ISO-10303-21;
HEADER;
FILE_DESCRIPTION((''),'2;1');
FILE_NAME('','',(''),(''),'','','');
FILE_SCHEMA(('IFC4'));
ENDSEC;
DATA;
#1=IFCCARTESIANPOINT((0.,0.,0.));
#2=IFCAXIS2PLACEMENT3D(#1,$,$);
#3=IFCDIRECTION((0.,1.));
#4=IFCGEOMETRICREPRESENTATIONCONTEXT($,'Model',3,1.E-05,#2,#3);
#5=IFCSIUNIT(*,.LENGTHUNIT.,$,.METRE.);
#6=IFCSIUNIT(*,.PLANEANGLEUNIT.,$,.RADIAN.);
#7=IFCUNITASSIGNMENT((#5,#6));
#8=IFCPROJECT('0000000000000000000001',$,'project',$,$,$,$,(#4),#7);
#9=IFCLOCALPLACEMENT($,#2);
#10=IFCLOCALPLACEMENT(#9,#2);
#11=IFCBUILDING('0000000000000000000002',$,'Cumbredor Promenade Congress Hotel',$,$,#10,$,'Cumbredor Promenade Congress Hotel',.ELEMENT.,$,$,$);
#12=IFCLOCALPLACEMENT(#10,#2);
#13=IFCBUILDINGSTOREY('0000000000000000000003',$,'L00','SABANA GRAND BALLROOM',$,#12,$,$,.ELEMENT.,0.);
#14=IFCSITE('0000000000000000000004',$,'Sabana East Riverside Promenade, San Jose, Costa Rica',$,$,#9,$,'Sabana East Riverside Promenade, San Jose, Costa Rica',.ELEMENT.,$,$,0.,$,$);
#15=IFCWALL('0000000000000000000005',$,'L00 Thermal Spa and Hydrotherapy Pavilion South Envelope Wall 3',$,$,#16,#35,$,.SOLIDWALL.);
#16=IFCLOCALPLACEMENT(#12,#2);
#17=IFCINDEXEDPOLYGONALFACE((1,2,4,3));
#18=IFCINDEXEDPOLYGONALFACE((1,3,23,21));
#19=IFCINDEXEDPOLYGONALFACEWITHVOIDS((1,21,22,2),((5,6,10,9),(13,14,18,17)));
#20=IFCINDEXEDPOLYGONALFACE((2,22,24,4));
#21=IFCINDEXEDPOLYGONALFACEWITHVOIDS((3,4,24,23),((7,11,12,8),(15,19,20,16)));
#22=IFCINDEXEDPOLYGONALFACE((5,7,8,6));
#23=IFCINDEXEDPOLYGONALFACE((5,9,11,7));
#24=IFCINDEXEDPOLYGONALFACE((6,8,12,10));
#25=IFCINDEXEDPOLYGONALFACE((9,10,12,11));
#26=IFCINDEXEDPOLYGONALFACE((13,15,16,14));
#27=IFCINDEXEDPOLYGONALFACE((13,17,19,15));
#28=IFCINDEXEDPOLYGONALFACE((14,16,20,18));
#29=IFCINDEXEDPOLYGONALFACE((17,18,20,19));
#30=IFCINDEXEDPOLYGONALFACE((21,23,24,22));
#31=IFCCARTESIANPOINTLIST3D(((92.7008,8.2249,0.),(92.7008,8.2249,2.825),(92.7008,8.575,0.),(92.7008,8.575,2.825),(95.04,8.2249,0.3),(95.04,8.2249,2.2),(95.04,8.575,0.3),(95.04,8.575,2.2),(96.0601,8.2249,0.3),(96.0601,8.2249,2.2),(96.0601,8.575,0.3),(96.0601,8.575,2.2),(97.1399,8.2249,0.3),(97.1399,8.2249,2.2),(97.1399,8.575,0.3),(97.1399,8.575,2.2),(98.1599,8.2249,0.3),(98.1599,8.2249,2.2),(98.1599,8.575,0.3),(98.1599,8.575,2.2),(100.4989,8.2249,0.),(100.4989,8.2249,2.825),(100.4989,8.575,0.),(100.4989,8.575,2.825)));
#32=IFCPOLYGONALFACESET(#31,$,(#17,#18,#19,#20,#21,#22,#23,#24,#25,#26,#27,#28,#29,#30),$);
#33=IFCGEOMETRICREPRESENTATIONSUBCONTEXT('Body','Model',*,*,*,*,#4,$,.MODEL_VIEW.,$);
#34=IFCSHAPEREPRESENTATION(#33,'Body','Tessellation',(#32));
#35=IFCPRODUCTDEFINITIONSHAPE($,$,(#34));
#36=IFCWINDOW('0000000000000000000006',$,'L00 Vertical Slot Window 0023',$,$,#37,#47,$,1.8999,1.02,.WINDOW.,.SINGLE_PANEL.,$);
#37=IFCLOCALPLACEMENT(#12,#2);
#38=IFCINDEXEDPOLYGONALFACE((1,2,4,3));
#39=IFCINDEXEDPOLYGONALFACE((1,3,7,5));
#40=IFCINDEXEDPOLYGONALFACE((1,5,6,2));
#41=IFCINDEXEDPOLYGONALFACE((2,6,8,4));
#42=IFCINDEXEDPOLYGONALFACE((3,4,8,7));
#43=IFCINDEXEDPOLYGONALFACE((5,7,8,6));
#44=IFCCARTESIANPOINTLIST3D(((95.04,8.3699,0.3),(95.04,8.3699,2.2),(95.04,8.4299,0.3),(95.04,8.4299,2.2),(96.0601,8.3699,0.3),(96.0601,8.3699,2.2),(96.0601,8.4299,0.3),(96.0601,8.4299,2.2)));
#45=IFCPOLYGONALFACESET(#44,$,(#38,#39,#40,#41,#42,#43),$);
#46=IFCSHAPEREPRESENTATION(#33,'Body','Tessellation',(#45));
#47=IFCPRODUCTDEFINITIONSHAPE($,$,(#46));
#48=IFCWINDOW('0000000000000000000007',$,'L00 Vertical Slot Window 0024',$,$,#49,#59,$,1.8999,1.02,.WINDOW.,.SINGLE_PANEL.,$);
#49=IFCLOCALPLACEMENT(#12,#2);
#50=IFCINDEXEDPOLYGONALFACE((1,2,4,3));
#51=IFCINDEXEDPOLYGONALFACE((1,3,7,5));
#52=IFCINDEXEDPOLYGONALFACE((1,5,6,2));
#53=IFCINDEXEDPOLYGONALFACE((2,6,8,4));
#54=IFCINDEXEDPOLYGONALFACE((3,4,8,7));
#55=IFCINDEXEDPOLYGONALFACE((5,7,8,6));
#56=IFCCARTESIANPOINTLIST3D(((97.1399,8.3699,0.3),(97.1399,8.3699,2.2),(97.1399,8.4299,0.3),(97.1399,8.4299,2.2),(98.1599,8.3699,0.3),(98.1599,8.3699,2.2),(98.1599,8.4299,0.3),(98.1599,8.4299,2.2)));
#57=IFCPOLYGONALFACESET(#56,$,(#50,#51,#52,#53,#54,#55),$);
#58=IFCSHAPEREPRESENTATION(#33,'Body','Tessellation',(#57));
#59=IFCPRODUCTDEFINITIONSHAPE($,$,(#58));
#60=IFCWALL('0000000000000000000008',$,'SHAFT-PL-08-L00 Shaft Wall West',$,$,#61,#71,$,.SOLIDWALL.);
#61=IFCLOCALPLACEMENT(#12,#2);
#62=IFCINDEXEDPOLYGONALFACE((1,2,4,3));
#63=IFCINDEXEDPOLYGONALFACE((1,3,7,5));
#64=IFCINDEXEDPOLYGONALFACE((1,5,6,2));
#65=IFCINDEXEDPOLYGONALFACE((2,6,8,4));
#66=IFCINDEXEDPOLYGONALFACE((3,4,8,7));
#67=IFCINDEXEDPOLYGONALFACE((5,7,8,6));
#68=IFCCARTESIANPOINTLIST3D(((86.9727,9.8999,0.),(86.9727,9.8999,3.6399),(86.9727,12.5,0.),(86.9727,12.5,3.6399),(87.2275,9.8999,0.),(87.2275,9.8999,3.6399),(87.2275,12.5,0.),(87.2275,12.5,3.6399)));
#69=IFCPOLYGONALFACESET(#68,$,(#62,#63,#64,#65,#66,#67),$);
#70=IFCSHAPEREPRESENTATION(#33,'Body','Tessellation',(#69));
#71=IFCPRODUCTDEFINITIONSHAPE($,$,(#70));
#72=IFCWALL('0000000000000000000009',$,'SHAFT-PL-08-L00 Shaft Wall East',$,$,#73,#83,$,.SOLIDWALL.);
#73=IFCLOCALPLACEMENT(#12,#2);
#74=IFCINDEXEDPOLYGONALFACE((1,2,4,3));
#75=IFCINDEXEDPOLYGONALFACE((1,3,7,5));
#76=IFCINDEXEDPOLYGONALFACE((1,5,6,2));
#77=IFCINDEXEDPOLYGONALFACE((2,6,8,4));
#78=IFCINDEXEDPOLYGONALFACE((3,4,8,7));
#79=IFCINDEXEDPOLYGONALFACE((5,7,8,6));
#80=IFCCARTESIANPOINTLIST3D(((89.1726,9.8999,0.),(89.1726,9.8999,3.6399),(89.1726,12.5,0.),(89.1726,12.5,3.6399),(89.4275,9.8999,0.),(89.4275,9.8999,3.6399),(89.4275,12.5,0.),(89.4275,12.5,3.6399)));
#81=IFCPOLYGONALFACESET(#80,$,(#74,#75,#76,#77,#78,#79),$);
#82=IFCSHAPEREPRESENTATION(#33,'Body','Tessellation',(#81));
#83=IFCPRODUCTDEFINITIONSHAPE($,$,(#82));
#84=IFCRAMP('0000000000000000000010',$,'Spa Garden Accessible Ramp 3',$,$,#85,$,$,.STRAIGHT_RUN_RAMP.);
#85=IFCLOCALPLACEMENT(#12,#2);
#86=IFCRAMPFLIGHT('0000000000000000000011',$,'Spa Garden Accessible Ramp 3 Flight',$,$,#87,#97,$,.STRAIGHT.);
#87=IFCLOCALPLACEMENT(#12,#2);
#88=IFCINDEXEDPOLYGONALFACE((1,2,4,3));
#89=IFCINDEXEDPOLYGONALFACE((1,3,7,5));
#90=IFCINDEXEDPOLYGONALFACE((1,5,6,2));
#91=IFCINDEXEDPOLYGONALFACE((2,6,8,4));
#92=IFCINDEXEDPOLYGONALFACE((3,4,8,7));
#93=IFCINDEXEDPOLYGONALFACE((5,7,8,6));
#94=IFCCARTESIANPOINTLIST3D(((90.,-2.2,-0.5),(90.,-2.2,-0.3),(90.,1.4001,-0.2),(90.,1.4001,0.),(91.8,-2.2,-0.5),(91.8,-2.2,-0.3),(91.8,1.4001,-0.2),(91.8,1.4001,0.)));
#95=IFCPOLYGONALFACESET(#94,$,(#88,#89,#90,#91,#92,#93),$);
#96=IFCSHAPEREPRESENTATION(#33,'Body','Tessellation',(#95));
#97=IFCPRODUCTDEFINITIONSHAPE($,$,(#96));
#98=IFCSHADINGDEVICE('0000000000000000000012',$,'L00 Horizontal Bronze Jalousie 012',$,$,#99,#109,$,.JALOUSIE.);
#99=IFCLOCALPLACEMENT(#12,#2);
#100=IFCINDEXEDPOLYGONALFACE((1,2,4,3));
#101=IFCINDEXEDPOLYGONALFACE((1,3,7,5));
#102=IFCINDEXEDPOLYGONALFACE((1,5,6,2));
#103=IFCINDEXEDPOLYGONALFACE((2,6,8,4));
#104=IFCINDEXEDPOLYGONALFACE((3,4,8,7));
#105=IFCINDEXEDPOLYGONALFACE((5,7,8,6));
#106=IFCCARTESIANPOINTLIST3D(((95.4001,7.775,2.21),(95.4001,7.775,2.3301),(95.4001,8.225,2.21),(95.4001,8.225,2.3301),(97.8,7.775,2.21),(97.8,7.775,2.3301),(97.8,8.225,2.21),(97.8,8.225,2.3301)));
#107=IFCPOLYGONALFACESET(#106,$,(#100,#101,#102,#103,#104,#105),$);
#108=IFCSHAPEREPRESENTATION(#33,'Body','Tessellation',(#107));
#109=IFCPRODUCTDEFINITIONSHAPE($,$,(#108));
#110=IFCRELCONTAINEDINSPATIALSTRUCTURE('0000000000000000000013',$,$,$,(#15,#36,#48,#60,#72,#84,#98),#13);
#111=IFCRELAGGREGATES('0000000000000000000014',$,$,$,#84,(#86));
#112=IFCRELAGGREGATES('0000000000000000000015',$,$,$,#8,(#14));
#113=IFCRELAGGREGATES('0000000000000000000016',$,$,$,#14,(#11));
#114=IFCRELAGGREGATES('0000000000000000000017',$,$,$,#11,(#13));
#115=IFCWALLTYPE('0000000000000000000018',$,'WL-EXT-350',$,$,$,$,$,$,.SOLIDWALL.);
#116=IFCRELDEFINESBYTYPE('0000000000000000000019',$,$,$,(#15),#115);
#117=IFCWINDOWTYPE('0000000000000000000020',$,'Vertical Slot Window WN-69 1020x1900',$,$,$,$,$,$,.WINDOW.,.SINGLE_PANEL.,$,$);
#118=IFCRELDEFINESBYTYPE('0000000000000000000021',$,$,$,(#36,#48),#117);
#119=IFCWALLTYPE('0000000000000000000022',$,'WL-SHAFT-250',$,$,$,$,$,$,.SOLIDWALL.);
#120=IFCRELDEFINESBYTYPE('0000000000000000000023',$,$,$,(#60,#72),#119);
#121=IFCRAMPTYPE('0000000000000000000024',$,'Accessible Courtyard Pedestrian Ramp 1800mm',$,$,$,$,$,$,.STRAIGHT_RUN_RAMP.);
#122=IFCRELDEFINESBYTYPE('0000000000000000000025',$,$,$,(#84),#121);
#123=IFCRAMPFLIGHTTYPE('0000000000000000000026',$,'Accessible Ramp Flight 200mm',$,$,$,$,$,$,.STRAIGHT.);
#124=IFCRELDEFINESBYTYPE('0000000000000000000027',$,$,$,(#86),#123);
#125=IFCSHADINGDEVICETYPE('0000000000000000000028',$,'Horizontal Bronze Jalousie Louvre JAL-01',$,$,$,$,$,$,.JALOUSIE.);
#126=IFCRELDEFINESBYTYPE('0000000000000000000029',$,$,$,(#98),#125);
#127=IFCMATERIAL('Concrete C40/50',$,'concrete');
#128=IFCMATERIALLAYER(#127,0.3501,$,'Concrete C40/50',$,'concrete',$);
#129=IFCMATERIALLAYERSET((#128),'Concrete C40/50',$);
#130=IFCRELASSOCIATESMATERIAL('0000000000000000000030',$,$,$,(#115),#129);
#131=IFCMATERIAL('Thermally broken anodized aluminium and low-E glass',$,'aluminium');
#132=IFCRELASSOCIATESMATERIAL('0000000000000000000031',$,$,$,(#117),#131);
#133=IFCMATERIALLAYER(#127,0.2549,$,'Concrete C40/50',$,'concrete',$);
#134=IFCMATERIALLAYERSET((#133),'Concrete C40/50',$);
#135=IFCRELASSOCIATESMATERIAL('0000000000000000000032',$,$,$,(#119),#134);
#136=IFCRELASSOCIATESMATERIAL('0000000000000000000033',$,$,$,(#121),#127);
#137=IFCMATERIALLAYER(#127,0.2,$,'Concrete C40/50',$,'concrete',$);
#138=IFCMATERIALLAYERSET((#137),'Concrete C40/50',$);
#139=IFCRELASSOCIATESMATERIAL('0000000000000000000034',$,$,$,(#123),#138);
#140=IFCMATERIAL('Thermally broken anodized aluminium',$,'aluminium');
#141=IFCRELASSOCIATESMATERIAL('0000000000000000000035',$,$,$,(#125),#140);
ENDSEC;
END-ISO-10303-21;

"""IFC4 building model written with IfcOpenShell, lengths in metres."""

from ifc_helpers import new_model, si_unit, direction, frame, frame_2d, origin, origin_2d, place, context, subcontext, project, spatial, polyline, rectangle, outline, extrude, material, layer, layer_set, type_object, element, fill, aggregate, save


model = new_model("IFC4")

# Units and contexts
model_context = context("Model", 3, precision=1e-05, world=origin(), true_north=direction((0.0, 1.0)))
body_context = subcontext(model_context, "Body", "Model", "MODEL_VIEW")
ifc_project = project(units=[si_unit("LENGTHUNIT", "METRE"), si_unit("PLANEANGLEUNIT", "RADIAN")], contexts=[model_context])

# Site, building, storey
site_placement = place(None, origin())
site = spatial("IfcSite", under=ifc_project, at=site_placement, Name="Sabana East Riverside Promenade, San Jose, Costa Rica", LongName="Sabana East Riverside Promenade, San Jose, Costa Rica", CompositionType="ELEMENT", RefElevation=0.0)
building_placement = place(site_placement, origin())
building = spatial("IfcBuilding", under=site, at=building_placement, Name="Cumbredor Promenade Congress Hotel", LongName="Cumbredor Promenade Congress Hotel", CompositionType="ELEMENT")
storey_placement = place(building_placement, origin())
storey = spatial("IfcBuildingStorey", under=building, at=storey_placement, Name="L00", Description="SABANA GRAND BALLROOM", CompositionType="ELEMENT", Elevation=0.0)

# Shared definitions
ifc_material_1 = material(Name="Concrete C40/50", Category="concrete")

# Shared definitions
ifc_material_2 = material(Name="Thermally broken anodized aluminium and low-E glass", Category="aluminium")
ifc_material_3 = material(Name="Thermally broken anodized aluminium", Category="aluminium")

# Wall, openings, windows
ifc_layer_1 = layer(ifc_material_1, 0.3501, Name="Concrete C40/50", Category="concrete")
ifc_layer_set_1 = layer_set([ifc_layer_1], Name="Concrete C40/50")
wall_type_1 = type_object("IfcWallType", Name="WL-EXT-350", PredefinedType="SOLIDWALL", material=ifc_layer_set_1)
wall_placement = place(storey_placement, frame((92.7009, 8.3999, 0.0), z_axis=(0.0, 0.0, 1.0), x_axis=(1.0, 0.0, 0.0)))
wall = element("IfcWall", 1, at=wall_placement, inside=storey, type_object=wall_type_1, Name="L00 Thermal Spa and Hydrotherapy Pavilion South Envelope Wall 3", PredefinedType="SOLIDWALL", context=body_context, shape_type="SweptSolid", body=[
    extrude(rectangle(XDim=7.7981, YDim=0.3501, at=frame_2d((3.8989, 0.0))), origin(), (0.0, 0.0, 1.0), 2.825),
])
opening_1_placement = place(wall_placement, frame((2.3391, 0.0, 0.3)))
opening_1 = element("IfcOpeningElement", 2, at=opening_1_placement, cuts=wall, PredefinedType="OPENING", context=body_context, shape_type="SweptSolid", body=[
    extrude(rectangle(XDim=1.02, YDim=1.8999, at=frame_2d((0.51, 0.95))), frame((0.0, 0.1851, 0.0), z_axis=(0.0, -1.0, 0.0), x_axis=(1.0, 0.0, 0.0)), (0.0, 0.0, 1.0), 0.3701),
])
opening_2_placement = place(wall_placement, frame((4.439, 0.0, 0.3)))
opening_2 = element("IfcOpeningElement", 3, at=opening_2_placement, cuts=wall, PredefinedType="OPENING", context=body_context, shape_type="SweptSolid", body=[
    extrude(rectangle(XDim=1.02, YDim=1.8999, at=frame_2d((0.51, 0.95))), frame((0.0, 0.1851, 0.0), z_axis=(0.0, -1.0, 0.0), x_axis=(1.0, 0.0, 0.0)), (0.0, 0.0, 1.0), 0.3701),
])
window_type = type_object("IfcWindowType", Name="Vertical Slot Window WN-69 1020x1900", PartitioningType="SINGLE_PANEL", PredefinedType="WINDOW", material=ifc_material_2)
window_1_placement = place(opening_1_placement, origin())
window_1 = element("IfcWindow", 4, at=window_1_placement, inside=storey, type_object=window_type, Name="L00 Vertical Slot Window 0023", OverallHeight=1.8999, OverallWidth=1.02, PartitioningType="SINGLE_PANEL", PredefinedType="WINDOW", context=body_context, shape_type="SweptSolid", body=[
    extrude(rectangle(XDim=1.02, YDim=1.8999, at=frame_2d((0.51, 0.95))), frame((0.0, 0.03, 0.0), z_axis=(0.0, -1.0, 0.0), x_axis=(1.0, 0.0, 0.0)), (0.0, 0.0, 1.0), 0.0601),
])
fill(opening_1, window_1)
window_2_placement = place(opening_2_placement, origin())
window_2 = element("IfcWindow", 5, at=window_2_placement, inside=storey, type_object=window_type, Name="L00 Vertical Slot Window 0024", OverallHeight=1.8999, OverallWidth=1.02, PartitioningType="SINGLE_PANEL", PredefinedType="WINDOW", context=body_context, shape_type="SweptSolid", body=[
    extrude(rectangle(XDim=1.02, YDim=1.8999, at=frame_2d((0.51, 0.95))), frame((0.0, 0.03, 0.0), z_axis=(0.0, -1.0, 0.0), x_axis=(1.0, 0.0, 0.0)), (0.0, 0.0, 1.0), 0.0601),
])
fill(opening_2, window_2)

# Walls
ifc_layer_2 = layer(ifc_material_1, 0.2549, Name="Concrete C40/50", Category="concrete")
ifc_layer_set_2 = layer_set([ifc_layer_2], Name="Concrete C40/50")
wall_type_2 = type_object("IfcWallType", Name="WL-SHAFT-250", PredefinedType="SOLIDWALL", material=ifc_layer_set_2)
for number, where, z_axis, x_axis, name in (
    (6, (87.1001, 9.8999, 0.0), (0.0, 0.0, 1.0), (0.0, 1.0, 0.0), "SHAFT-PL-08-L00 Shaft Wall West"),
    (7, (89.3, 9.8999, 0.0), (0.0, 0.0, 1.0), (0.0, 1.0, 0.0), "SHAFT-PL-08-L00 Shaft Wall East"),
):
    element("IfcWall", number, at=place(storey_placement, frame(where, z_axis=z_axis, x_axis=x_axis)), inside=storey, type_object=wall_type_2, Name=name, PredefinedType="SOLIDWALL", context=body_context, shape_type="SweptSolid", body=[
        extrude(rectangle(XDim=2.6001, YDim=0.2549, at=frame_2d((1.3, 0.0))), origin(), (0.0, 0.0, 1.0), 3.6399),
    ])

# Ramp, ramp flight
ramp_type = type_object("IfcRampType", Name="Accessible Courtyard Pedestrian Ramp 1800mm", PredefinedType="STRAIGHT_RUN_RAMP", material=ifc_material_1)
ramp_placement = place(storey_placement, origin())
ramp = element("IfcRamp", 8, at=ramp_placement, inside=storey, type_object=ramp_type, Name="Spa Garden Accessible Ramp 3", PredefinedType="STRAIGHT_RUN_RAMP")
ifc_layer_3 = layer(ifc_material_1, 0.2, Name="Concrete C40/50", Category="concrete")
ifc_layer_set_3 = layer_set([ifc_layer_3], Name="Concrete C40/50")
ramp_flight_type = type_object("IfcRampFlightType", Name="Accessible Ramp Flight 200mm", PredefinedType="STRAIGHT", material=ifc_layer_set_3)
ramp_flight_placement = place(storey_placement, frame((90.8999, -2.2, -0.3), z_axis=(0.0, 0.0, 1.0), x_axis=(0.0, 1.0, 0.0)))
ramp_flight = element("IfcRampFlight", 9, at=ramp_flight_placement, type_object=ramp_flight_type, Name="Spa Garden Accessible Ramp 3 Flight", PredefinedType="STRAIGHT", context=body_context, shape_type="SweptSolid", body=[
    extrude(outline(polyline([(0.0, -0.2), (3.6001, 0.1001), (3.6001, 0.3), (0.0, 0.0), (0.0, -0.2)])), frame((0.0, 0.8999, 0.0), z_axis=(0.0, -1.0, 0.0), x_axis=(1.0, 0.0, 0.0)), (0.0, 0.0, 1.0), 1.8),
])
aggregate(ramp, [ramp_flight])

# Shading device
shading_device_type = type_object("IfcShadingDeviceType", Name="Horizontal Bronze Jalousie Louvre JAL-01", PredefinedType="JALOUSIE", material=ifc_material_3)
shading_device_placement = place(storey_placement, frame((96.6001, 8.0, 2.21), z_axis=(0.0, 0.0, 1.0), x_axis=(1.0, 0.0, 0.0)))
element("IfcShadingDevice", 10, at=shading_device_placement, inside=storey, type_object=shading_device_type, Name="L00 Horizontal Bronze Jalousie 012", PredefinedType="JALOUSIE", context=body_context, shape_type="SweptSolid", body=[
    extrude(rectangle(XDim=2.3999, YDim=0.45, at=origin_2d()), origin(), (0.0, 0.0, 1.0), 0.1201),
])

save(model, "model.ifc")
